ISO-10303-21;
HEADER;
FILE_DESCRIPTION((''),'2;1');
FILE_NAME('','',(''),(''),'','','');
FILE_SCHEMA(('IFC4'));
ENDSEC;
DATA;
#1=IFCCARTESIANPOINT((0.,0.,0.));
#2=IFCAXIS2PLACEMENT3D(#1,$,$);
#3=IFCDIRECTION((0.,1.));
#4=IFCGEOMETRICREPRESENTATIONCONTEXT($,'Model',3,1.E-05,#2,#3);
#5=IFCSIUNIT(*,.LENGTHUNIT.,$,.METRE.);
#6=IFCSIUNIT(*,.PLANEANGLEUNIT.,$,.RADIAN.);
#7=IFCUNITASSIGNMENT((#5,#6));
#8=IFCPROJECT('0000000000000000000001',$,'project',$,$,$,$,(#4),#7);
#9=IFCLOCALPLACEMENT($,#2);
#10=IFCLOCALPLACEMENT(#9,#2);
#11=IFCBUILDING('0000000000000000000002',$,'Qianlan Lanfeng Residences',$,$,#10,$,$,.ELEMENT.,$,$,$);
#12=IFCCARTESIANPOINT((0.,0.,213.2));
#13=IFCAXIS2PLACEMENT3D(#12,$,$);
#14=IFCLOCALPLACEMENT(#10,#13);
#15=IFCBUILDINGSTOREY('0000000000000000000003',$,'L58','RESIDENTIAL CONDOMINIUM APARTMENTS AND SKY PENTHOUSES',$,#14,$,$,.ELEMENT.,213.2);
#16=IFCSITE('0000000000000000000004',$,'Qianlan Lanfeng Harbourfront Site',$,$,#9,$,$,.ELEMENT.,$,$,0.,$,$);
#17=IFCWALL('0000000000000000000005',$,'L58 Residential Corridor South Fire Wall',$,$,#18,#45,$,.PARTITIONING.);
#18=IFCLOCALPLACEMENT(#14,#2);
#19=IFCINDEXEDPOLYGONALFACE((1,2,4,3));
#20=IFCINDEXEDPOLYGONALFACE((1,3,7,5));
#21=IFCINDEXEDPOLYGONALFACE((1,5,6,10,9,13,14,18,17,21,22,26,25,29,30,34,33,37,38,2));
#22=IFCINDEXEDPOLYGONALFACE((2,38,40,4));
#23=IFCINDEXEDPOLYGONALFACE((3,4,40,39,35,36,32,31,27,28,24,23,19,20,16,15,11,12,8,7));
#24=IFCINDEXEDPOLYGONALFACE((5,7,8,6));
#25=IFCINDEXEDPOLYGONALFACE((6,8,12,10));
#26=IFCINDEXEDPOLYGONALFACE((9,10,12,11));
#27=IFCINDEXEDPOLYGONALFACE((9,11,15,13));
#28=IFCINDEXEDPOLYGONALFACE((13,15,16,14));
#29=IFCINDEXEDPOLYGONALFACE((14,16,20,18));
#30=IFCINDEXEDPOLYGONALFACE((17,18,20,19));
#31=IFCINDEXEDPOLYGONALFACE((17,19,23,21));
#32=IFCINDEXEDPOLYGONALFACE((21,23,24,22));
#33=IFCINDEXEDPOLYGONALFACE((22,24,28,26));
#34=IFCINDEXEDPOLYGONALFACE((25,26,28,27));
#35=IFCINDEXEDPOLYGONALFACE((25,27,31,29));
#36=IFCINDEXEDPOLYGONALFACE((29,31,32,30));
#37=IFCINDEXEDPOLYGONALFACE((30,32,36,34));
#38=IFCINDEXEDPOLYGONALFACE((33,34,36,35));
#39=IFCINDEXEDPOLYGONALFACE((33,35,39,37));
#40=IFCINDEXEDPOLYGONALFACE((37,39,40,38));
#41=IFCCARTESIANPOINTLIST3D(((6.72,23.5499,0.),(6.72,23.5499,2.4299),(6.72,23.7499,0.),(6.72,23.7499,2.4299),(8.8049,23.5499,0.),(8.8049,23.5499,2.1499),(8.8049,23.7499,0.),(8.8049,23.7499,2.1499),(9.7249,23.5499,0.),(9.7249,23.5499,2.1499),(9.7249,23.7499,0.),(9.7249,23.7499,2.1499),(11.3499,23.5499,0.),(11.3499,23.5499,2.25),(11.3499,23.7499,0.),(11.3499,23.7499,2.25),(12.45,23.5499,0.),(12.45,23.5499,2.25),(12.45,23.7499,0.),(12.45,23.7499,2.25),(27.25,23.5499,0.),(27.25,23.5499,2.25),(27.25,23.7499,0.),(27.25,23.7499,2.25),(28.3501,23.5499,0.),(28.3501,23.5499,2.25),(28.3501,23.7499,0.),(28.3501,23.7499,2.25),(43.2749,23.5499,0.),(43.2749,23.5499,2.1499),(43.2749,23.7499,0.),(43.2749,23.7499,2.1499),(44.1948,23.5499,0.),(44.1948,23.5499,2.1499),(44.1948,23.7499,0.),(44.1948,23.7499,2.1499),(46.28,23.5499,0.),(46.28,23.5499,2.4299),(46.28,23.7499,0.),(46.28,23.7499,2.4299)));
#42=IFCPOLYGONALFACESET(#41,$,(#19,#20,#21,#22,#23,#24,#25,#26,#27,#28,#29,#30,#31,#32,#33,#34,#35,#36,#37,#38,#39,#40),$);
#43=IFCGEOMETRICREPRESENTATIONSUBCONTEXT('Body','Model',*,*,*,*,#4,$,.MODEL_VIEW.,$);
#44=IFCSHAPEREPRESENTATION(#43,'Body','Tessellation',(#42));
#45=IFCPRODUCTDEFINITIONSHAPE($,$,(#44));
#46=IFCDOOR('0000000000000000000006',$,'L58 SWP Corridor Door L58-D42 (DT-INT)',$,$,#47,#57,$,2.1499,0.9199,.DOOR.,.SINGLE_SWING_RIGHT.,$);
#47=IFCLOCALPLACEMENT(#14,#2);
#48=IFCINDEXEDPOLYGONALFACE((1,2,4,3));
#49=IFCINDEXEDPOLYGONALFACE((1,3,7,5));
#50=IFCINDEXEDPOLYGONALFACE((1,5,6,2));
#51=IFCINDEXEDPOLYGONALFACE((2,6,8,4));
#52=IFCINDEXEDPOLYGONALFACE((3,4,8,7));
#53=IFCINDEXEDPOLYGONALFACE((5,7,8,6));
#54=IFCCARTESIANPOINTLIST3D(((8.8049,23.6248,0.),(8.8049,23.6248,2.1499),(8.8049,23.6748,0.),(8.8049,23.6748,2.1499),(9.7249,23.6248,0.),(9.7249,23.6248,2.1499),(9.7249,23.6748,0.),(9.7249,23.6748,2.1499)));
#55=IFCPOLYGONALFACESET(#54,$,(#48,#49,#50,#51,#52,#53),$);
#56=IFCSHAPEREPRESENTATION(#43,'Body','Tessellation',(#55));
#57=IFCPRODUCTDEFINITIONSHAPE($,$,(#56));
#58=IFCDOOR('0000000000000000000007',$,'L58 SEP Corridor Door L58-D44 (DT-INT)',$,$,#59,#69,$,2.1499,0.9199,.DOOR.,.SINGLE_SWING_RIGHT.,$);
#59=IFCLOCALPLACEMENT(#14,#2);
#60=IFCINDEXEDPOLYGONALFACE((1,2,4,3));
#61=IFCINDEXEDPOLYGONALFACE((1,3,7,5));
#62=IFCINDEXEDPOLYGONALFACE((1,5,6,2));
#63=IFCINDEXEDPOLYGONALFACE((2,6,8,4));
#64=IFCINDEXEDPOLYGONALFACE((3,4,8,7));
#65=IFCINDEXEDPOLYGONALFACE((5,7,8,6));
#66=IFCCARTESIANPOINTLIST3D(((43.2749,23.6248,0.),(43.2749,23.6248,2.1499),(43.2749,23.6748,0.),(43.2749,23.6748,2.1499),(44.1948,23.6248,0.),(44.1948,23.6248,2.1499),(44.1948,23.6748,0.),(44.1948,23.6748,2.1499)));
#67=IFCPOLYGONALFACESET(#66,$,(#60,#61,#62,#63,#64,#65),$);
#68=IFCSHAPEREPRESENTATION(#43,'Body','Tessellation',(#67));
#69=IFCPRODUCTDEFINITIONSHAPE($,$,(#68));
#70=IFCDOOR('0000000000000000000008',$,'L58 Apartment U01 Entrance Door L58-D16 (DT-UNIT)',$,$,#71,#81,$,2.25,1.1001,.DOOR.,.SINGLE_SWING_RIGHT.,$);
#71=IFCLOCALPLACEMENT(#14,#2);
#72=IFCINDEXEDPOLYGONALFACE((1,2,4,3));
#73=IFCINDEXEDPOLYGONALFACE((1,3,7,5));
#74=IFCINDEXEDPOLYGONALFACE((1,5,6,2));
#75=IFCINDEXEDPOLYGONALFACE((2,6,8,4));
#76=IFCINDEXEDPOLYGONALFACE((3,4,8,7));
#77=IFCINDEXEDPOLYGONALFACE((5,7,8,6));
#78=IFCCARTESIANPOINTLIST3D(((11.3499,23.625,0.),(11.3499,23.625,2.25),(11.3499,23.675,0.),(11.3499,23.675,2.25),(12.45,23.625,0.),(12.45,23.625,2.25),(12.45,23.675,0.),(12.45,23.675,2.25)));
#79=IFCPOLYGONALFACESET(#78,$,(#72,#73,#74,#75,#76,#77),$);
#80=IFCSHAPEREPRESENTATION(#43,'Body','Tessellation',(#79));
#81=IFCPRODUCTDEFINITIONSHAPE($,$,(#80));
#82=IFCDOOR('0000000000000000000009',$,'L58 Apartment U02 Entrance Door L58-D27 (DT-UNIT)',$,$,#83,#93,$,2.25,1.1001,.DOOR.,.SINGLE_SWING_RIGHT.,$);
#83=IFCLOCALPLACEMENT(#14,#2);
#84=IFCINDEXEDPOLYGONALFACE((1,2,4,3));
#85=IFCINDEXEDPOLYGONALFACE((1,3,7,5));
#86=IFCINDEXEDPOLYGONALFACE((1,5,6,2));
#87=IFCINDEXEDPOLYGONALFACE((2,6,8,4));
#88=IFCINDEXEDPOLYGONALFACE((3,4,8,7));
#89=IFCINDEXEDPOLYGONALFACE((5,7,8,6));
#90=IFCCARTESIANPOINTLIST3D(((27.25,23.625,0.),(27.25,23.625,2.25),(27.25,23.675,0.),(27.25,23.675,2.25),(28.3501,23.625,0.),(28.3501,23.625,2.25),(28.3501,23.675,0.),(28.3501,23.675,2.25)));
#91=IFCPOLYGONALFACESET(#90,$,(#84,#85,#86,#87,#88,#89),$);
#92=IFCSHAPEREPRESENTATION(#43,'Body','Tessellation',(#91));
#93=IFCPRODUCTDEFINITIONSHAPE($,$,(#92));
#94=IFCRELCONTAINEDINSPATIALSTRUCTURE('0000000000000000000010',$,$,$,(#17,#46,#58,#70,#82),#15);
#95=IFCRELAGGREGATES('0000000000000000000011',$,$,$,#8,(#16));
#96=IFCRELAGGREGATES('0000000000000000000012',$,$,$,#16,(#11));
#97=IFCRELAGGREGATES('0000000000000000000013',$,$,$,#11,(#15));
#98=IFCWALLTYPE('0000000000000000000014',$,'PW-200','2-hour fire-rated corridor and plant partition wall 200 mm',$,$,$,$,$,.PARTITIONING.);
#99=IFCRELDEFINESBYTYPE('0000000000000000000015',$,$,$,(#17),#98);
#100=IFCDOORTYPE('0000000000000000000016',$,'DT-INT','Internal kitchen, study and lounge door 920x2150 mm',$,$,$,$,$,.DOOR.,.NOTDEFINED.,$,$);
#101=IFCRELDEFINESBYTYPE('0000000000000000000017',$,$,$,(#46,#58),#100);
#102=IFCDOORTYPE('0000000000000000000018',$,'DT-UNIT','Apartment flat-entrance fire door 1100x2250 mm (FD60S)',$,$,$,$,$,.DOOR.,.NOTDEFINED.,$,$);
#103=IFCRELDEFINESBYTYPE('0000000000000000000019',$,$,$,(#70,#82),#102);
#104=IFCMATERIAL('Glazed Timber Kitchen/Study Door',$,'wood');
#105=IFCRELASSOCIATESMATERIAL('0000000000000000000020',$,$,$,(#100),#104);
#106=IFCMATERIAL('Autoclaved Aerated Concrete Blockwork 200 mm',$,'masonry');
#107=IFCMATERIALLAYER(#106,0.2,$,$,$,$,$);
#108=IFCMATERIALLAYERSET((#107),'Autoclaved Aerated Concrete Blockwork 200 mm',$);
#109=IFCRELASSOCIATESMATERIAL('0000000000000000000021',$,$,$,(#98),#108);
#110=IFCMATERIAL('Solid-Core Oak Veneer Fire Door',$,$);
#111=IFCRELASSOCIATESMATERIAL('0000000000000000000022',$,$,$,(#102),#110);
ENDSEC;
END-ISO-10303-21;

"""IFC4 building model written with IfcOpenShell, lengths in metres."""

from ifc_helpers import new_model, si_unit, direction, frame, frame_2d, origin, place, context, subcontext, project, spatial, rectangle, extrude, material, layer, layer_set, type_object, element, fill, save


model = new_model("IFC4")

# Units and contexts
model_context = context("Model", 3, precision=1e-05, world=origin(), true_north=direction((0.0, 1.0)))
body_context = subcontext(model_context, "Body", "Model", "MODEL_VIEW")
ifc_project = project(units=[si_unit("LENGTHUNIT", "METRE"), si_unit("PLANEANGLEUNIT", "RADIAN")], contexts=[model_context])

# Site, building, storey
site_placement = place(None, origin())
site = spatial("IfcSite", under=ifc_project, at=site_placement, Name="Qianlan Lanfeng Harbourfront Site", CompositionType="ELEMENT", RefElevation=0.0)
building_placement = place(site_placement, origin())
building = spatial("IfcBuilding", under=site, at=building_placement, Name="Qianlan Lanfeng Residences", CompositionType="ELEMENT")
storey_placement = place(building_placement, frame((0.0, 0.0, 213.2)))
storey = spatial("IfcBuildingStorey", under=building, at=storey_placement, Name="L58", Description="RESIDENTIAL CONDOMINIUM APARTMENTS AND SKY PENTHOUSES", CompositionType="ELEMENT", Elevation=213.2)

# Shared definitions
ifc_material_1 = material(Name="Glazed Timber Kitchen/Study Door", Category="wood")
door_type_1 = type_object("IfcDoorType", Name="DT-INT", Description="Internal kitchen, study and lounge door 920x2150 mm", OperationType="NOTDEFINED", PredefinedType="DOOR", material=ifc_material_1)

# Wall, openings, doors
ifc_material_2 = material(Name="Autoclaved Aerated Concrete Blockwork 200 mm", Category="masonry")
ifc_layer_1 = layer(ifc_material_2, 0.2)
ifc_layer_set_1 = layer_set([ifc_layer_1], Name="Autoclaved Aerated Concrete Blockwork 200 mm")
wall_type_1 = type_object("IfcWallType", Name="PW-200", Description="2-hour fire-rated corridor and plant partition wall 200 mm", PredefinedType="PARTITIONING", material=ifc_layer_set_1)
wall_1_placement = place(storey_placement, frame((6.72, 23.6499, 0.0), z_axis=(0.0, 0.0, 1.0), x_axis=(1.0, 0.0, 0.0)))
wall_1 = element("IfcWall", 1, at=wall_1_placement, inside=storey, type_object=wall_type_1, Name="L58 Residential Corridor South Fire Wall", PredefinedType="PARTITIONING", context=body_context, shape_type="SweptSolid", body=[
    extrude(rectangle(XDim=39.5601, YDim=0.2, at=frame_2d((19.78, 0.0))), origin(), (0.0, 0.0, 1.0), 2.4299),
])
opening_1_placement = place(wall_1_placement, frame((4.6299, 0.0, 0.0)))
opening_1 = element("IfcOpeningElement", 2, at=opening_1_placement, cuts=wall_1, PredefinedType="OPENING", context=body_context, shape_type="SweptSolid", body=[
    extrude(rectangle(XDim=1.1001, YDim=2.25, at=frame_2d((0.55, 1.125))), frame((0.0, 0.1099, 0.0), z_axis=(0.0, -1.0, 0.0), x_axis=(1.0, 0.0, 0.0)), (0.0, 0.0, 1.0), 0.22),
])
opening_2_placement = place(wall_1_placement, frame((20.53, 0.0, 0.0)))
opening_2 = element("IfcOpeningElement", 3, at=opening_2_placement, cuts=wall_1, PredefinedType="OPENING", context=body_context, shape_type="SweptSolid", body=[
    extrude(rectangle(XDim=1.1001, YDim=2.25, at=frame_2d((0.55, 1.125))), frame((0.0, 0.1099, 0.0), z_axis=(0.0, -1.0, 0.0), x_axis=(1.0, 0.0, 0.0)), (0.0, 0.0, 1.0), 0.22),
])
opening_3_placement = place(wall_1_placement, frame((2.085, 0.0, 0.0)))
opening_3 = element("IfcOpeningElement", 4, at=opening_3_placement, cuts=wall_1, PredefinedType="OPENING", context=body_context, shape_type="SweptSolid", body=[
    extrude(rectangle(XDim=0.9199, YDim=2.1499, at=frame_2d((0.46, 1.075))), frame((0.0, 0.1099, 0.0), z_axis=(0.0, -1.0, 0.0), x_axis=(1.0, 0.0, 0.0)), (0.0, 0.0, 1.0), 0.22),
])
opening_4_placement = place(wall_1_placement, frame((36.5549, 0.0, 0.0)))
opening_4 = element("IfcOpeningElement", 5, at=opening_4_placement, cuts=wall_1, PredefinedType="OPENING", context=body_context, shape_type="SweptSolid", body=[
    extrude(rectangle(XDim=0.9199, YDim=2.1499, at=frame_2d((0.46, 1.075))), frame((0.0, 0.1099, 0.0), z_axis=(0.0, -1.0, 0.0), x_axis=(1.0, 0.0, 0.0)), (0.0, 0.0, 1.0), 0.22),
])
door_1_placement = place(opening_3_placement, origin())
door_1 = element("IfcDoor", 6, at=door_1_placement, inside=storey, type_object=door_type_1, Name="L58 SWP Corridor Door L58-D42 (DT-INT)", OperationType="SINGLE_SWING_RIGHT", OverallHeight=2.1499, OverallWidth=0.9199, PredefinedType="DOOR", context=body_context, shape_type="SweptSolid", body=[
    extrude(rectangle(XDim=0.9199, YDim=2.1499, at=frame_2d((0.46, 1.075))), frame((0.0, 0.0249, 0.0), z_axis=(0.0, -1.0, 0.0), x_axis=(1.0, 0.0, 0.0)), (0.0, 0.0, 1.0), 0.05),
])
fill(opening_3, door_1)
door_2_placement = place(opening_4_placement, origin())
door_2 = element("IfcDoor", 7, at=door_2_placement, inside=storey, type_object=door_type_1, Name="L58 SEP Corridor Door L58-D44 (DT-INT)", OperationType="SINGLE_SWING_RIGHT", OverallHeight=2.1499, OverallWidth=0.9199, PredefinedType="DOOR", context=body_context, shape_type="SweptSolid", body=[
    extrude(rectangle(XDim=0.9199, YDim=2.1499, at=frame_2d((0.46, 1.075))), frame((0.0, 0.0249, 0.0), z_axis=(0.0, -1.0, 0.0), x_axis=(1.0, 0.0, 0.0)), (0.0, 0.0, 1.0), 0.05),
])
fill(opening_4, door_2)
ifc_material_3 = material(Name="Solid-Core Oak Veneer Fire Door")
door_type_2 = type_object("IfcDoorType", Name="DT-UNIT", Description="Apartment flat-entrance fire door 1100x2250 mm (FD60S)", OperationType="NOTDEFINED", PredefinedType="DOOR", material=ifc_material_3)
door_3_placement = place(opening_1_placement, frame((1.1001, 0.0, 0.0), z_axis=(0.0, 0.0, 1.0), x_axis=(-1.0, 0.0, 0.0)))
door_3 = element("IfcDoor", 8, at=door_3_placement, inside=storey, type_object=door_type_2, Name="L58 Apartment U01 Entrance Door L58-D16 (DT-UNIT)", OperationType="SINGLE_SWING_RIGHT", OverallHeight=2.25, OverallWidth=1.1001, PredefinedType="DOOR", context=body_context, shape_type="SweptSolid", body=[
    extrude(rectangle(XDim=1.1001, YDim=2.25, at=frame_2d((0.55, 1.125))), frame((0.0, 0.0249, 0.0), z_axis=(0.0, -1.0, 0.0), x_axis=(1.0, 0.0, 0.0)), (0.0, 0.0, 1.0), 0.05),
])
fill(opening_1, door_3)
door_4_placement = place(opening_2_placement, frame((1.1001, 0.0, 0.0), z_axis=(0.0, 0.0, 1.0), x_axis=(-1.0, 0.0, 0.0)))
door_4 = element("IfcDoor", 9, at=door_4_placement, inside=storey, type_object=door_type_2, Name="L58 Apartment U02 Entrance Door L58-D27 (DT-UNIT)", OperationType="SINGLE_SWING_RIGHT", OverallHeight=2.25, OverallWidth=1.1001, PredefinedType="DOOR", context=body_context, shape_type="SweptSolid", body=[
    extrude(rectangle(XDim=1.1001, YDim=2.25, at=frame_2d((0.55, 1.125))), frame((0.0, 0.0249, 0.0), z_axis=(0.0, -1.0, 0.0), x_axis=(1.0, 0.0, 0.0)), (0.0, 0.0, 1.0), 0.05),
])
fill(opening_2, door_4)

save(model, "model.ifc")
